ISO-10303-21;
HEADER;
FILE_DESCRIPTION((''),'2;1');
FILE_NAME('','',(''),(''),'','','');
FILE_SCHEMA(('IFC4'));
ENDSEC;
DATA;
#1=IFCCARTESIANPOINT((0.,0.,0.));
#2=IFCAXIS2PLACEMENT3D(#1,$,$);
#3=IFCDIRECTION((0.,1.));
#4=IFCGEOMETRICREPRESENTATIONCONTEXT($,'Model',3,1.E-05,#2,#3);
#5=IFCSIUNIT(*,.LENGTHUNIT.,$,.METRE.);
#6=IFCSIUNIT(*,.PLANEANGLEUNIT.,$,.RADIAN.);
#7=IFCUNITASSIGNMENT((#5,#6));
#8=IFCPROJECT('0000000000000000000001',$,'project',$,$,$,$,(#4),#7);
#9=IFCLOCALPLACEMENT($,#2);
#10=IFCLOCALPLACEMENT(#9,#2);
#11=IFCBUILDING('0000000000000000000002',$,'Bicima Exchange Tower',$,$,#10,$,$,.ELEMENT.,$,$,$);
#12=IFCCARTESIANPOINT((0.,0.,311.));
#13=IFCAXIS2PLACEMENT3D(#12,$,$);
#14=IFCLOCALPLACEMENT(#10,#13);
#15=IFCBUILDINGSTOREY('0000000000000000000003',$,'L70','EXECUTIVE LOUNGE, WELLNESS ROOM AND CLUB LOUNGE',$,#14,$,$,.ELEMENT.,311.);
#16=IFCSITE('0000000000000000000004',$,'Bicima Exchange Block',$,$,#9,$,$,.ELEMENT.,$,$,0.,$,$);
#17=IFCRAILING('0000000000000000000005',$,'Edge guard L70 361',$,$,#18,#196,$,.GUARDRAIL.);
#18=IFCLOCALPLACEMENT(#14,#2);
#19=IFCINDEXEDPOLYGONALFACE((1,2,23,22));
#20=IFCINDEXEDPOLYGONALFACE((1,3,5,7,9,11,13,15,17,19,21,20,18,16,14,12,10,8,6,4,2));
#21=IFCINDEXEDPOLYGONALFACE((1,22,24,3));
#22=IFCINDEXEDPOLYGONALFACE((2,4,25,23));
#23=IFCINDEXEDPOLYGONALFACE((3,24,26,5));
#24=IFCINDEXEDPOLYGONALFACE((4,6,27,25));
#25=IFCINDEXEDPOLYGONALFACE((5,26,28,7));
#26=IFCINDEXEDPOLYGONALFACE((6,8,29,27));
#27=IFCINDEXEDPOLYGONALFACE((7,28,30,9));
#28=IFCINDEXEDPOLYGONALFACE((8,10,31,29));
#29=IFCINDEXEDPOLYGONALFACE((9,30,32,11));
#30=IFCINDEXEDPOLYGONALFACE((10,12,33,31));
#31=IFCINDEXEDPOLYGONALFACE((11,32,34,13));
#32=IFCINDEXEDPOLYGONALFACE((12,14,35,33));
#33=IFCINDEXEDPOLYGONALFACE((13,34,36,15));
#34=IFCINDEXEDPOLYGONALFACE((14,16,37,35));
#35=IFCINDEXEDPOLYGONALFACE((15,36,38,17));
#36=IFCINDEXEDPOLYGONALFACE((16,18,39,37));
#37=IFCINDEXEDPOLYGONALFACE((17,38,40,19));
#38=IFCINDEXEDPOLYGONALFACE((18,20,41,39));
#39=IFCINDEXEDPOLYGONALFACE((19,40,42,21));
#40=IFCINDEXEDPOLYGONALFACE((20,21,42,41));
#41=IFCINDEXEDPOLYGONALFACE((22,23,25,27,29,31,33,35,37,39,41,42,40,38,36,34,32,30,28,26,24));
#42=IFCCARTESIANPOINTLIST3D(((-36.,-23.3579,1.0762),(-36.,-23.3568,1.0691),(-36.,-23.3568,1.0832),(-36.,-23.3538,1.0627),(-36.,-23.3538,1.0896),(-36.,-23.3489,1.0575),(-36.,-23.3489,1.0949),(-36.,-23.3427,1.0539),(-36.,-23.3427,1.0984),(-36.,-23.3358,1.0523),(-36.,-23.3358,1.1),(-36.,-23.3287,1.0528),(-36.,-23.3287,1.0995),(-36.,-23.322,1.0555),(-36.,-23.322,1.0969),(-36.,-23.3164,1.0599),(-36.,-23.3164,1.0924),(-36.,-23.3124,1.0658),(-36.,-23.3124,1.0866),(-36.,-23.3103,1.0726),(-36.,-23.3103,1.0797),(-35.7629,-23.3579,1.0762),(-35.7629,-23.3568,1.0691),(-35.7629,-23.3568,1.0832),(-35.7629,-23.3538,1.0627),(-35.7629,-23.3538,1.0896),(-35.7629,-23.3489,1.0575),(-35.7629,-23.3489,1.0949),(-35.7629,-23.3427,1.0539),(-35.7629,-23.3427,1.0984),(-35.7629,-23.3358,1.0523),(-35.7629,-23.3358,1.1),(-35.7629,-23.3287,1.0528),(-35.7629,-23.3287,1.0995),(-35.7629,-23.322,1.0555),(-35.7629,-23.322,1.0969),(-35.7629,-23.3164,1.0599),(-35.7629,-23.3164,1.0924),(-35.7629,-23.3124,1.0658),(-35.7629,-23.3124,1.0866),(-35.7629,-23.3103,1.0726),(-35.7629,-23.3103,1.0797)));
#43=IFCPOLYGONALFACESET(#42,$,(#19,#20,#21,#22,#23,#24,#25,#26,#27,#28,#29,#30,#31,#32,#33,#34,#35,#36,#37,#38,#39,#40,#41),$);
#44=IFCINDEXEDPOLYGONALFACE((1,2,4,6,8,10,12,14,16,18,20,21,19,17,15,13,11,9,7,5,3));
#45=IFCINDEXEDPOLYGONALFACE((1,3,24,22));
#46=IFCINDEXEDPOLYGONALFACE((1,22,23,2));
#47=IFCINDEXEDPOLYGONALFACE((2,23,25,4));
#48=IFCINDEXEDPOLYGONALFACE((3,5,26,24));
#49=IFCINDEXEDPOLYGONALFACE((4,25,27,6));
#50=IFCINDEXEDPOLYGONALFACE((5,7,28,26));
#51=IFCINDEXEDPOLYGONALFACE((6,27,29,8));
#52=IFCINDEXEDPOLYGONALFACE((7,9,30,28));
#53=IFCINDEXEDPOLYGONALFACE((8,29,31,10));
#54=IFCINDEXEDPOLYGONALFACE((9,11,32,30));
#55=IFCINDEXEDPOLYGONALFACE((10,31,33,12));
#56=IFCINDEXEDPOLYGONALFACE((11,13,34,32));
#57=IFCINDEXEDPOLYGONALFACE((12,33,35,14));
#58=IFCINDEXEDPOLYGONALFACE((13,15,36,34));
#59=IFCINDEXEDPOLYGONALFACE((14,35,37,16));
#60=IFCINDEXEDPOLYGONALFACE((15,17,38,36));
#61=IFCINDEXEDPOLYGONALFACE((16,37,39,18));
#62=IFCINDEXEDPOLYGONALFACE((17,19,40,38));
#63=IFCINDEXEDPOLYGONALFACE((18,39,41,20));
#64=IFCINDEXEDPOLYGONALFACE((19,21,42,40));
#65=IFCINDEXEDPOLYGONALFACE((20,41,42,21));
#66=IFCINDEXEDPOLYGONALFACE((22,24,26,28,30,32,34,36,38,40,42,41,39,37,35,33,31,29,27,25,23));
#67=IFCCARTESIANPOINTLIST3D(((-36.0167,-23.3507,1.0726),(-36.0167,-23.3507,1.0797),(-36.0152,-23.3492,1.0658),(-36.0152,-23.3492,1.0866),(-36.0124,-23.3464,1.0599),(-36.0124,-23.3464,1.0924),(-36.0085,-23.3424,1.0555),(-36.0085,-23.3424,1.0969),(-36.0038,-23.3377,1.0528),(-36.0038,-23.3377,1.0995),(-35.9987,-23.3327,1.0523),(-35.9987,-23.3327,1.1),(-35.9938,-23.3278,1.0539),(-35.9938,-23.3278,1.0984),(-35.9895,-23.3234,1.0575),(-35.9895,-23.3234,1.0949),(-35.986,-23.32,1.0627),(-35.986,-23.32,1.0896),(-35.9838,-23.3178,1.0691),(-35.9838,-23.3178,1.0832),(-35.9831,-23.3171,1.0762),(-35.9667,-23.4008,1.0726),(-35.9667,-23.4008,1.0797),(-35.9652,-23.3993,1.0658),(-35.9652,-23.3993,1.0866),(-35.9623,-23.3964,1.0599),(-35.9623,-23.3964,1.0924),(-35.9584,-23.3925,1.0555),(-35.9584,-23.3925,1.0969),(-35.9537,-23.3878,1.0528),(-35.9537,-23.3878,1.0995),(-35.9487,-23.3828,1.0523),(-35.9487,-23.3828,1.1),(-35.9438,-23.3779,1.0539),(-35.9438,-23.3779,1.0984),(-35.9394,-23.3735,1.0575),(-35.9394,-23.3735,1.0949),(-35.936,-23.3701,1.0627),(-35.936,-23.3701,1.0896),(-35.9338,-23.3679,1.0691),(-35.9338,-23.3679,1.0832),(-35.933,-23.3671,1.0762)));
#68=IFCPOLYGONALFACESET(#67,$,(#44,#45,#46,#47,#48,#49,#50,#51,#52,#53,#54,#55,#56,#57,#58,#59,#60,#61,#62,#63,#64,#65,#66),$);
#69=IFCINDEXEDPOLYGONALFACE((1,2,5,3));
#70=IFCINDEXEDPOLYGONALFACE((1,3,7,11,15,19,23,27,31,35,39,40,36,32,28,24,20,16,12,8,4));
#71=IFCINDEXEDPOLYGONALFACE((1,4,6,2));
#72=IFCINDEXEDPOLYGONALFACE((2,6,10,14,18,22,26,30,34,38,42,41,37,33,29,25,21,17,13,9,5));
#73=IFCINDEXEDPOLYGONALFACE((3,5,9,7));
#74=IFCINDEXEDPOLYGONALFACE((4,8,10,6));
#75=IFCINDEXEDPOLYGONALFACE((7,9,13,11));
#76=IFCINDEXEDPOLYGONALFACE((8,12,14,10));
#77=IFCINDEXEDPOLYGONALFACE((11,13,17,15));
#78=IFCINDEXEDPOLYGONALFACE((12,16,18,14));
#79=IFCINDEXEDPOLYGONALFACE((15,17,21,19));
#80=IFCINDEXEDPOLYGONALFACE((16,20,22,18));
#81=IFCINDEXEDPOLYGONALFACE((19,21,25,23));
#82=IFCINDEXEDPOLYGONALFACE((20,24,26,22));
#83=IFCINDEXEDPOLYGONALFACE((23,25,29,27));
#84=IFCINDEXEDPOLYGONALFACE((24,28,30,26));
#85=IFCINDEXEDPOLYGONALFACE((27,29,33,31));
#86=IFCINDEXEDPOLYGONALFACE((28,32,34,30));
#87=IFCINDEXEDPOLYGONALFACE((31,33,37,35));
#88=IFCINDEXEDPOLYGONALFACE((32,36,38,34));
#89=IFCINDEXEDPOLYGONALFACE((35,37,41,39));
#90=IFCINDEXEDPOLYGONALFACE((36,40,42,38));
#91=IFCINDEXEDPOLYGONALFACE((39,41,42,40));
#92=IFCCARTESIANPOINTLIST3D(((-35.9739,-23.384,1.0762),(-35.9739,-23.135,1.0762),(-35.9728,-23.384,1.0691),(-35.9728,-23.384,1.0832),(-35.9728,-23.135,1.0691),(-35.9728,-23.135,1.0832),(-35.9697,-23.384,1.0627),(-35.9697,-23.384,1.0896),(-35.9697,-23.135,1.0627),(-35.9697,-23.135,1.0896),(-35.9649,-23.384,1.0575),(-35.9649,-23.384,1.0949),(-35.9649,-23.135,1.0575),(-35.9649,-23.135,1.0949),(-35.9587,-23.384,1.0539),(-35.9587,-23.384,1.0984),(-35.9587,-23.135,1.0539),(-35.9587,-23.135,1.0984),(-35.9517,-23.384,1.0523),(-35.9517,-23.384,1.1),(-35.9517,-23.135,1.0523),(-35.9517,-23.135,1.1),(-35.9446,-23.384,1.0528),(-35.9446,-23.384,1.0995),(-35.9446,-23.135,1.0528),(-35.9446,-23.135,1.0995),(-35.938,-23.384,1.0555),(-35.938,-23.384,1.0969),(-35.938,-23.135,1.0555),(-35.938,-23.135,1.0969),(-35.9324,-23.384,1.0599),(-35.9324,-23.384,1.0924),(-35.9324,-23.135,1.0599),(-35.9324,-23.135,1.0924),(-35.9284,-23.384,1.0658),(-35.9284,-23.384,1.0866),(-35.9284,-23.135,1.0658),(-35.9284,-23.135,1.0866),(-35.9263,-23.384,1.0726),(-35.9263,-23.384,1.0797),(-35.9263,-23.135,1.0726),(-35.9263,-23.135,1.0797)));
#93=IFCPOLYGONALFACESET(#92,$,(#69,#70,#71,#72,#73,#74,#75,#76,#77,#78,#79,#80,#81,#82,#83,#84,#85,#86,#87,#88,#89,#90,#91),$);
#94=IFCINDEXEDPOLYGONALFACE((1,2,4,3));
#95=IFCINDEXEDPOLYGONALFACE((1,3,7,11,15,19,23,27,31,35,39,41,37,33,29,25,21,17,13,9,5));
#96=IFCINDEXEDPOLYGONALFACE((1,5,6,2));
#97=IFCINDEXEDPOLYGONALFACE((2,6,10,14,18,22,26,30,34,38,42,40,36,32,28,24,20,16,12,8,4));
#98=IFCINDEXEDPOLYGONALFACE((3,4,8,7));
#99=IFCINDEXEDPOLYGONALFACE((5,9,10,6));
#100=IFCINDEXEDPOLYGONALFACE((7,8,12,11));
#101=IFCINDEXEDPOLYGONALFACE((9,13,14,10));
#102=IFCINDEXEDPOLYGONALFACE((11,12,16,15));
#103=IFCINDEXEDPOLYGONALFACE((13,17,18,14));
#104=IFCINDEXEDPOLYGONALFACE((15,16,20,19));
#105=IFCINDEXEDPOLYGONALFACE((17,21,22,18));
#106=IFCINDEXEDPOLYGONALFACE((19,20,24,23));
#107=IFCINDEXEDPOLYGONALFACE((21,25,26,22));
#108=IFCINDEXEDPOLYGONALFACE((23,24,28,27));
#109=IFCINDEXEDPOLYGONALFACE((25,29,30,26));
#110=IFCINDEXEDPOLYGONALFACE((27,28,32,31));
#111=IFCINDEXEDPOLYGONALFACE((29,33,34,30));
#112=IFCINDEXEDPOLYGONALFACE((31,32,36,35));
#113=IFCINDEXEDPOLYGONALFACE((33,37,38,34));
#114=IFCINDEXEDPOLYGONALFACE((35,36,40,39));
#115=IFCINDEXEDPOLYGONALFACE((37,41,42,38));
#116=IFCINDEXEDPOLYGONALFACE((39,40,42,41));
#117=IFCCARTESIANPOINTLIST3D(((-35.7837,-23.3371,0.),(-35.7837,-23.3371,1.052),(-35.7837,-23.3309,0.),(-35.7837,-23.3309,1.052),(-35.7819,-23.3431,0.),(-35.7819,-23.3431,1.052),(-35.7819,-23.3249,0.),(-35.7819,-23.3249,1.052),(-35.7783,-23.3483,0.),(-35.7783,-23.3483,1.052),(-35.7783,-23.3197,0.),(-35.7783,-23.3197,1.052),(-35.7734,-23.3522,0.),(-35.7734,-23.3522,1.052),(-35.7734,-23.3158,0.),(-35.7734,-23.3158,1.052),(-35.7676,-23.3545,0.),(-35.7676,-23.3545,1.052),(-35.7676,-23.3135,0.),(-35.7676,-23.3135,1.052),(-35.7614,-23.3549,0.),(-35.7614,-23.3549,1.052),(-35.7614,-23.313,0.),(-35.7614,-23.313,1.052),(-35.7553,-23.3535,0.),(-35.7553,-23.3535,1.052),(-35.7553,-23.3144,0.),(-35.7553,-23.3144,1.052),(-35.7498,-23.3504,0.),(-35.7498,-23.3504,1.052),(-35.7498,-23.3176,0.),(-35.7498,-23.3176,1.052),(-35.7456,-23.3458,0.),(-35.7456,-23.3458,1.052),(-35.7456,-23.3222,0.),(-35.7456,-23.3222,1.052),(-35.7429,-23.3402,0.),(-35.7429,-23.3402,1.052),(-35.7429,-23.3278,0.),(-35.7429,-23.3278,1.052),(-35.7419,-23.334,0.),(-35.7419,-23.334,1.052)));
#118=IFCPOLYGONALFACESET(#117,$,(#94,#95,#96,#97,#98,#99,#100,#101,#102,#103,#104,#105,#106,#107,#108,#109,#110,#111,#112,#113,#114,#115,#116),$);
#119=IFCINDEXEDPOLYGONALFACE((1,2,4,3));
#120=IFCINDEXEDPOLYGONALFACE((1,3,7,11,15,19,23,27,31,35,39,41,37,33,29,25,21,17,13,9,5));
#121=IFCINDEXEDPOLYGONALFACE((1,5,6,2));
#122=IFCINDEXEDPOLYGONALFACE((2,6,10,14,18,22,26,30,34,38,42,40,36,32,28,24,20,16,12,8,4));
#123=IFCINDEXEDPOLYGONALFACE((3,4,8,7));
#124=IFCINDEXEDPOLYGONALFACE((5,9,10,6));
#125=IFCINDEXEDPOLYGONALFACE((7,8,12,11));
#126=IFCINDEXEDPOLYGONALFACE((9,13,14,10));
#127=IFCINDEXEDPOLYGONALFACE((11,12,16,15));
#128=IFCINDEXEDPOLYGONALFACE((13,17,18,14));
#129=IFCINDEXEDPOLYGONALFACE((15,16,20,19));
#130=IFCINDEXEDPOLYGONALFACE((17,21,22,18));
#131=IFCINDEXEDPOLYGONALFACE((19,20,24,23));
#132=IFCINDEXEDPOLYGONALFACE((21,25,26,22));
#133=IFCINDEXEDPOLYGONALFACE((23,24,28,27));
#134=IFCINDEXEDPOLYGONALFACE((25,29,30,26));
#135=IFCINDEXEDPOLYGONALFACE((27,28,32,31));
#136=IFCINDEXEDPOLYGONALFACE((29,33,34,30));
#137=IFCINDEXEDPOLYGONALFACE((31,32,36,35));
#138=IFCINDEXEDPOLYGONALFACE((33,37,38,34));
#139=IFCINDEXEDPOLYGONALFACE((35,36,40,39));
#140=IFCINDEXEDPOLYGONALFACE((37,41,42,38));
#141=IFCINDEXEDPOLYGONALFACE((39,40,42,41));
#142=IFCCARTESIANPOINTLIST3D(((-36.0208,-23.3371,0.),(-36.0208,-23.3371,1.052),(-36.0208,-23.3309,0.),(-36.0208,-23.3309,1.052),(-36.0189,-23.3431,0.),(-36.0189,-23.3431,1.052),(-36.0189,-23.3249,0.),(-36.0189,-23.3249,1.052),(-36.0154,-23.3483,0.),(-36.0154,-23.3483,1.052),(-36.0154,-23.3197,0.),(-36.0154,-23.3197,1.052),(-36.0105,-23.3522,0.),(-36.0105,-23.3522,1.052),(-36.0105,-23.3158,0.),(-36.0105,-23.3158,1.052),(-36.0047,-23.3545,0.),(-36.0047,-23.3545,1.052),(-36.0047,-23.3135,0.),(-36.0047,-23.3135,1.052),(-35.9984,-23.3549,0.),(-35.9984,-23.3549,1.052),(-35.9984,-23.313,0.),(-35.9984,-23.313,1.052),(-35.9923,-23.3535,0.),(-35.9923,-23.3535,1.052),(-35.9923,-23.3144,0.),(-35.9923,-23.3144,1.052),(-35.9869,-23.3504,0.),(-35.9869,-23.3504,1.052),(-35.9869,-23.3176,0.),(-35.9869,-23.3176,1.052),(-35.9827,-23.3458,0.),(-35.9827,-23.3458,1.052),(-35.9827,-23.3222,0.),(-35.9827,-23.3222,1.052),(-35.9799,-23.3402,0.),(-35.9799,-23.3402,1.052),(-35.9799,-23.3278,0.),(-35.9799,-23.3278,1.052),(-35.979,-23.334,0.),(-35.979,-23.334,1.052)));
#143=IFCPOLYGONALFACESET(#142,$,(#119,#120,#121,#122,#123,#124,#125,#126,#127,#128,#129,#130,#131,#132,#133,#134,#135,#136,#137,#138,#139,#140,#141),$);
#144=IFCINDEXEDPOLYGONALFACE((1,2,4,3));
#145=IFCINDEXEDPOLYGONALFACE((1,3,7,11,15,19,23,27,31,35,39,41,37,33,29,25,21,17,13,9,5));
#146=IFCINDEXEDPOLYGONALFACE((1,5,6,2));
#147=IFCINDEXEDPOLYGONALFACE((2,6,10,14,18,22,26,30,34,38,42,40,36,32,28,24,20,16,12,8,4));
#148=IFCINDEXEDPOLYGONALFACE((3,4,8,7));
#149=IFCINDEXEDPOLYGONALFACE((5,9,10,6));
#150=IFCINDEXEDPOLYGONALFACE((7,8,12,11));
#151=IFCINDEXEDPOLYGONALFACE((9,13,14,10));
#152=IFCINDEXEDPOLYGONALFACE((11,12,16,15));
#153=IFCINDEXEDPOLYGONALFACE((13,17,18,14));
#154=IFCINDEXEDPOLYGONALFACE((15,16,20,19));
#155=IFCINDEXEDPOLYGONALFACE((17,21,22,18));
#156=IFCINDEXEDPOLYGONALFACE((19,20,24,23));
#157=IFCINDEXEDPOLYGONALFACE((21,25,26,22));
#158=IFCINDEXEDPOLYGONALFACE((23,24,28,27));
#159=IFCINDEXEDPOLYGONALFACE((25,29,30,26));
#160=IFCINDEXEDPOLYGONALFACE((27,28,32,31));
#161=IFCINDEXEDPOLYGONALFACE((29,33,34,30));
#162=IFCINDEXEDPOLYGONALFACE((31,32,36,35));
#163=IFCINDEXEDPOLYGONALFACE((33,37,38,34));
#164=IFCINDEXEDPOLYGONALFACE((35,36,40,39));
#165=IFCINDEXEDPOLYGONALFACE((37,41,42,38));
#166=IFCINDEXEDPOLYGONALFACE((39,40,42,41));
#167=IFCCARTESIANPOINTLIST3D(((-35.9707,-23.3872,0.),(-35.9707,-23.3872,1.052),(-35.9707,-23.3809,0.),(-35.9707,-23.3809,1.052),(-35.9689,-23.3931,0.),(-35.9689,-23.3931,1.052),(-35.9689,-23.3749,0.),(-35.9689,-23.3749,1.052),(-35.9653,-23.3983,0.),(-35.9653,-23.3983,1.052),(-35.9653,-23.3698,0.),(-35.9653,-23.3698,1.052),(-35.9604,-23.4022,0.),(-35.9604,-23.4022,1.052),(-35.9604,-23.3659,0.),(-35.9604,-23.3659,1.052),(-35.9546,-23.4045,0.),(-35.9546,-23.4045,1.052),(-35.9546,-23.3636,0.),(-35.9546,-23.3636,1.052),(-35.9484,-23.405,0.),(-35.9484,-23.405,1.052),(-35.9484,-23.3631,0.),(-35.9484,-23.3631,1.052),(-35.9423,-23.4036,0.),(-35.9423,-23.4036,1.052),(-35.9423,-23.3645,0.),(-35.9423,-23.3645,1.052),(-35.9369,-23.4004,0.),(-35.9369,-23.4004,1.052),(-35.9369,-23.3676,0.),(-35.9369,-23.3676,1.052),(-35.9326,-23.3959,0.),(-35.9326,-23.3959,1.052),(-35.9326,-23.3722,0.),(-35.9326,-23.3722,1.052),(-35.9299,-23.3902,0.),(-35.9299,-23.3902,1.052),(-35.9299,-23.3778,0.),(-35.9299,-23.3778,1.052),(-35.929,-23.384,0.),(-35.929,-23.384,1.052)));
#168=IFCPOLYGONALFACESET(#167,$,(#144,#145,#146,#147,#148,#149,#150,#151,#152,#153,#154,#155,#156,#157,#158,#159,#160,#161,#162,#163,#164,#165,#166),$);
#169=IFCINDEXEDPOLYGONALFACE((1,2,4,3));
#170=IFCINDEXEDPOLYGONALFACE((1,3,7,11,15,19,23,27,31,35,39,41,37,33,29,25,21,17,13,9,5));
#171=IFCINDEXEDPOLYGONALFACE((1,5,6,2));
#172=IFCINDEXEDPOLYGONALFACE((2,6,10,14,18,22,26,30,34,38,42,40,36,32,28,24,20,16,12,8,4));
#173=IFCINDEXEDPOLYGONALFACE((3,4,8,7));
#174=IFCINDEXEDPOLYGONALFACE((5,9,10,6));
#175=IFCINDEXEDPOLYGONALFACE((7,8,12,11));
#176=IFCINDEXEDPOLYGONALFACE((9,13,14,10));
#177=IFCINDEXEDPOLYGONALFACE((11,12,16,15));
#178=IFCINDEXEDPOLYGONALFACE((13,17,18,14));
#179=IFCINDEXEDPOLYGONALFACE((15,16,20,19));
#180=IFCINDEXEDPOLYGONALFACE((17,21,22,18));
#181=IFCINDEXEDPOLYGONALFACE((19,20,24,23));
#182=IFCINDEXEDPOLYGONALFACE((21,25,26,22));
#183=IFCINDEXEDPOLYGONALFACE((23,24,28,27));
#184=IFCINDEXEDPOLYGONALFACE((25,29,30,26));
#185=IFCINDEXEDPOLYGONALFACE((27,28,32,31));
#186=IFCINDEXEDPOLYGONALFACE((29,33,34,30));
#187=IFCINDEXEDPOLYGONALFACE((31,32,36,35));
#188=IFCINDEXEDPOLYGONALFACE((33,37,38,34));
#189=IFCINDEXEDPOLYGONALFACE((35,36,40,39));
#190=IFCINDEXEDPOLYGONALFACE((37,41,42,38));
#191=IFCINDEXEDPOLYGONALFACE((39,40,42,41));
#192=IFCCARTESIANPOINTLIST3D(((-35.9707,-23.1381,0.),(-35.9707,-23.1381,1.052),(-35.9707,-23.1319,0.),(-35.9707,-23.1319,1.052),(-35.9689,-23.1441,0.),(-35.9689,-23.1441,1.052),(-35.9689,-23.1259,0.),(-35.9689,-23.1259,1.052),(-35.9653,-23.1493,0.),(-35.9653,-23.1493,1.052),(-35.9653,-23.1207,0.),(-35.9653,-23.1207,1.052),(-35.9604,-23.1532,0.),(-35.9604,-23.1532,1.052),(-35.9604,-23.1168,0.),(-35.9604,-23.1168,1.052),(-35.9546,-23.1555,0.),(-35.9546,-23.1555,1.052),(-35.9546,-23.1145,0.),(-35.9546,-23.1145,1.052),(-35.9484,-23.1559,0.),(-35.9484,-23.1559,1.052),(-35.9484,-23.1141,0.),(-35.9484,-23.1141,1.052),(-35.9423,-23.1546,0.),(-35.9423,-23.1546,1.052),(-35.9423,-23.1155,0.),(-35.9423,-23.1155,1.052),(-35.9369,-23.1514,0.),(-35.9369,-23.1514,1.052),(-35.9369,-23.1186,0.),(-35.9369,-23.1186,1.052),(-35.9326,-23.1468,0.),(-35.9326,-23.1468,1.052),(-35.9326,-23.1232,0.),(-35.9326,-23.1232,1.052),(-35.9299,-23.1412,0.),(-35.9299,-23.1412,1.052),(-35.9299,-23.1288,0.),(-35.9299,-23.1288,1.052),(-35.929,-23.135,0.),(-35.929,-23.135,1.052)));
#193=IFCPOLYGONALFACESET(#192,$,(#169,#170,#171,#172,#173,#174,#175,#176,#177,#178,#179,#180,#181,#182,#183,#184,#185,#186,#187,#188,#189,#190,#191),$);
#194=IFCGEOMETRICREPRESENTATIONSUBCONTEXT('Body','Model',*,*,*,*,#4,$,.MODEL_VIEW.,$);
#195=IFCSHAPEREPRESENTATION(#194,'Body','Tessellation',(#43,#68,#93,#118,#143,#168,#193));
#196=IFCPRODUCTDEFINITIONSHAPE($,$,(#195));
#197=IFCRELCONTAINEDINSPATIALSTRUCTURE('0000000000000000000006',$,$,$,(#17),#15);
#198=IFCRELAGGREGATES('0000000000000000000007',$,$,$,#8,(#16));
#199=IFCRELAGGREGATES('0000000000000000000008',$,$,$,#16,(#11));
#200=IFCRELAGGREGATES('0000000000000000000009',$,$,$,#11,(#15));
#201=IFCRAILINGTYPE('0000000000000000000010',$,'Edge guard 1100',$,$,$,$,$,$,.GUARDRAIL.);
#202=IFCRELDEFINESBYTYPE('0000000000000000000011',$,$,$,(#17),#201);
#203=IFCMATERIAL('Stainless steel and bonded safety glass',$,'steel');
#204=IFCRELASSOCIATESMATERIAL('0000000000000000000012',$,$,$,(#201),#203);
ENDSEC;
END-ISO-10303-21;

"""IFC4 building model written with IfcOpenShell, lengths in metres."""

from ifc_helpers import new_model, si_unit, direction, frame, origin, origin_2d, place, context, subcontext, project, spatial, circle, extrude, material, type_object, element, save


model = new_model("IFC4")

# Units and contexts
model_context = context("Model", 3, precision=1e-05, world=origin(), true_north=direction((0.0, 1.0)))
body_context = subcontext(model_context, "Body", "Model", "MODEL_VIEW")
ifc_project = project(units=[si_unit("LENGTHUNIT", "METRE"), si_unit("PLANEANGLEUNIT", "RADIAN")], contexts=[model_context])

# Site, building, storey
site_placement = place(None, origin())
site = spatial("IfcSite", under=ifc_project, at=site_placement, Name="Bicima Exchange Block", CompositionType="ELEMENT", RefElevation=0.0)
building_placement = place(site_placement, origin())
building = spatial("IfcBuilding", under=site, at=building_placement, Name="Bicima Exchange Tower", CompositionType="ELEMENT")
storey_placement = place(building_placement, frame((0.0, 0.0, 311.0)))
storey = spatial("IfcBuildingStorey", under=building, at=storey_placement, Name="L70", Description="EXECUTIVE LOUNGE, WELLNESS ROOM AND CLUB LOUNGE", CompositionType="ELEMENT", Elevation=311.0)

# Railing
ifc_material_1 = material(Name="Stainless steel and bonded safety glass", Category="steel")
railing_type = type_object("IfcRailingType", Name="Edge guard 1100", PredefinedType="GUARDRAIL", material=ifc_material_1)
railing_placement = place(storey_placement, frame((-35.7629, -23.334, 0.0)))
element("IfcRailing", 1, at=railing_placement, inside=storey, type_object=railing_type, Name="Edge guard L70 361", PredefinedType="GUARDRAIL", context=body_context, shape_type="SweptSolid", body=[
    extrude(circle(Radius=0.0239, at=origin_2d()), frame((0.0, 0.0, 1.0762), z_axis=(-1.0, 0.0, 0.0), x_axis=(0.0, -1.0, 0.0)), (0.0, 0.0, 1.0), 0.2371),
    extrude(circle(Radius=0.0239, at=origin_2d()), frame((-0.2371, 0.0, 1.0762), z_axis=(0.707107, -0.707107, 0.0), x_axis=(0.707107, 0.707107, 0.0)), (0.0, 0.0, 1.0), 0.0708),
    extrude(circle(Radius=0.0239, at=origin_2d()), frame((-0.187, -0.05, 1.0762), z_axis=(0.0, 1.0, 0.0), x_axis=(-1.0, 0.0, 0.0)), (0.0, 0.0, 1.0), 0.249),
    extrude(circle(Radius=0.021, at=origin_2d()), origin(), (0.0, 0.0, 1.0), 1.052),
    extrude(circle(Radius=0.021, at=origin_2d()), frame((-0.2371, 0.0, 0.0)), (0.0, 0.0, 1.0), 1.052),
    extrude(circle(Radius=0.021, at=origin_2d()), frame((-0.187, -0.05, 0.0)), (0.0, 0.0, 1.0), 1.052),
    extrude(circle(Radius=0.021, at=origin_2d()), frame((-0.187, 0.199, 0.0)), (0.0, 0.0, 1.0), 1.052),
])

save(model, "model.ifc")
